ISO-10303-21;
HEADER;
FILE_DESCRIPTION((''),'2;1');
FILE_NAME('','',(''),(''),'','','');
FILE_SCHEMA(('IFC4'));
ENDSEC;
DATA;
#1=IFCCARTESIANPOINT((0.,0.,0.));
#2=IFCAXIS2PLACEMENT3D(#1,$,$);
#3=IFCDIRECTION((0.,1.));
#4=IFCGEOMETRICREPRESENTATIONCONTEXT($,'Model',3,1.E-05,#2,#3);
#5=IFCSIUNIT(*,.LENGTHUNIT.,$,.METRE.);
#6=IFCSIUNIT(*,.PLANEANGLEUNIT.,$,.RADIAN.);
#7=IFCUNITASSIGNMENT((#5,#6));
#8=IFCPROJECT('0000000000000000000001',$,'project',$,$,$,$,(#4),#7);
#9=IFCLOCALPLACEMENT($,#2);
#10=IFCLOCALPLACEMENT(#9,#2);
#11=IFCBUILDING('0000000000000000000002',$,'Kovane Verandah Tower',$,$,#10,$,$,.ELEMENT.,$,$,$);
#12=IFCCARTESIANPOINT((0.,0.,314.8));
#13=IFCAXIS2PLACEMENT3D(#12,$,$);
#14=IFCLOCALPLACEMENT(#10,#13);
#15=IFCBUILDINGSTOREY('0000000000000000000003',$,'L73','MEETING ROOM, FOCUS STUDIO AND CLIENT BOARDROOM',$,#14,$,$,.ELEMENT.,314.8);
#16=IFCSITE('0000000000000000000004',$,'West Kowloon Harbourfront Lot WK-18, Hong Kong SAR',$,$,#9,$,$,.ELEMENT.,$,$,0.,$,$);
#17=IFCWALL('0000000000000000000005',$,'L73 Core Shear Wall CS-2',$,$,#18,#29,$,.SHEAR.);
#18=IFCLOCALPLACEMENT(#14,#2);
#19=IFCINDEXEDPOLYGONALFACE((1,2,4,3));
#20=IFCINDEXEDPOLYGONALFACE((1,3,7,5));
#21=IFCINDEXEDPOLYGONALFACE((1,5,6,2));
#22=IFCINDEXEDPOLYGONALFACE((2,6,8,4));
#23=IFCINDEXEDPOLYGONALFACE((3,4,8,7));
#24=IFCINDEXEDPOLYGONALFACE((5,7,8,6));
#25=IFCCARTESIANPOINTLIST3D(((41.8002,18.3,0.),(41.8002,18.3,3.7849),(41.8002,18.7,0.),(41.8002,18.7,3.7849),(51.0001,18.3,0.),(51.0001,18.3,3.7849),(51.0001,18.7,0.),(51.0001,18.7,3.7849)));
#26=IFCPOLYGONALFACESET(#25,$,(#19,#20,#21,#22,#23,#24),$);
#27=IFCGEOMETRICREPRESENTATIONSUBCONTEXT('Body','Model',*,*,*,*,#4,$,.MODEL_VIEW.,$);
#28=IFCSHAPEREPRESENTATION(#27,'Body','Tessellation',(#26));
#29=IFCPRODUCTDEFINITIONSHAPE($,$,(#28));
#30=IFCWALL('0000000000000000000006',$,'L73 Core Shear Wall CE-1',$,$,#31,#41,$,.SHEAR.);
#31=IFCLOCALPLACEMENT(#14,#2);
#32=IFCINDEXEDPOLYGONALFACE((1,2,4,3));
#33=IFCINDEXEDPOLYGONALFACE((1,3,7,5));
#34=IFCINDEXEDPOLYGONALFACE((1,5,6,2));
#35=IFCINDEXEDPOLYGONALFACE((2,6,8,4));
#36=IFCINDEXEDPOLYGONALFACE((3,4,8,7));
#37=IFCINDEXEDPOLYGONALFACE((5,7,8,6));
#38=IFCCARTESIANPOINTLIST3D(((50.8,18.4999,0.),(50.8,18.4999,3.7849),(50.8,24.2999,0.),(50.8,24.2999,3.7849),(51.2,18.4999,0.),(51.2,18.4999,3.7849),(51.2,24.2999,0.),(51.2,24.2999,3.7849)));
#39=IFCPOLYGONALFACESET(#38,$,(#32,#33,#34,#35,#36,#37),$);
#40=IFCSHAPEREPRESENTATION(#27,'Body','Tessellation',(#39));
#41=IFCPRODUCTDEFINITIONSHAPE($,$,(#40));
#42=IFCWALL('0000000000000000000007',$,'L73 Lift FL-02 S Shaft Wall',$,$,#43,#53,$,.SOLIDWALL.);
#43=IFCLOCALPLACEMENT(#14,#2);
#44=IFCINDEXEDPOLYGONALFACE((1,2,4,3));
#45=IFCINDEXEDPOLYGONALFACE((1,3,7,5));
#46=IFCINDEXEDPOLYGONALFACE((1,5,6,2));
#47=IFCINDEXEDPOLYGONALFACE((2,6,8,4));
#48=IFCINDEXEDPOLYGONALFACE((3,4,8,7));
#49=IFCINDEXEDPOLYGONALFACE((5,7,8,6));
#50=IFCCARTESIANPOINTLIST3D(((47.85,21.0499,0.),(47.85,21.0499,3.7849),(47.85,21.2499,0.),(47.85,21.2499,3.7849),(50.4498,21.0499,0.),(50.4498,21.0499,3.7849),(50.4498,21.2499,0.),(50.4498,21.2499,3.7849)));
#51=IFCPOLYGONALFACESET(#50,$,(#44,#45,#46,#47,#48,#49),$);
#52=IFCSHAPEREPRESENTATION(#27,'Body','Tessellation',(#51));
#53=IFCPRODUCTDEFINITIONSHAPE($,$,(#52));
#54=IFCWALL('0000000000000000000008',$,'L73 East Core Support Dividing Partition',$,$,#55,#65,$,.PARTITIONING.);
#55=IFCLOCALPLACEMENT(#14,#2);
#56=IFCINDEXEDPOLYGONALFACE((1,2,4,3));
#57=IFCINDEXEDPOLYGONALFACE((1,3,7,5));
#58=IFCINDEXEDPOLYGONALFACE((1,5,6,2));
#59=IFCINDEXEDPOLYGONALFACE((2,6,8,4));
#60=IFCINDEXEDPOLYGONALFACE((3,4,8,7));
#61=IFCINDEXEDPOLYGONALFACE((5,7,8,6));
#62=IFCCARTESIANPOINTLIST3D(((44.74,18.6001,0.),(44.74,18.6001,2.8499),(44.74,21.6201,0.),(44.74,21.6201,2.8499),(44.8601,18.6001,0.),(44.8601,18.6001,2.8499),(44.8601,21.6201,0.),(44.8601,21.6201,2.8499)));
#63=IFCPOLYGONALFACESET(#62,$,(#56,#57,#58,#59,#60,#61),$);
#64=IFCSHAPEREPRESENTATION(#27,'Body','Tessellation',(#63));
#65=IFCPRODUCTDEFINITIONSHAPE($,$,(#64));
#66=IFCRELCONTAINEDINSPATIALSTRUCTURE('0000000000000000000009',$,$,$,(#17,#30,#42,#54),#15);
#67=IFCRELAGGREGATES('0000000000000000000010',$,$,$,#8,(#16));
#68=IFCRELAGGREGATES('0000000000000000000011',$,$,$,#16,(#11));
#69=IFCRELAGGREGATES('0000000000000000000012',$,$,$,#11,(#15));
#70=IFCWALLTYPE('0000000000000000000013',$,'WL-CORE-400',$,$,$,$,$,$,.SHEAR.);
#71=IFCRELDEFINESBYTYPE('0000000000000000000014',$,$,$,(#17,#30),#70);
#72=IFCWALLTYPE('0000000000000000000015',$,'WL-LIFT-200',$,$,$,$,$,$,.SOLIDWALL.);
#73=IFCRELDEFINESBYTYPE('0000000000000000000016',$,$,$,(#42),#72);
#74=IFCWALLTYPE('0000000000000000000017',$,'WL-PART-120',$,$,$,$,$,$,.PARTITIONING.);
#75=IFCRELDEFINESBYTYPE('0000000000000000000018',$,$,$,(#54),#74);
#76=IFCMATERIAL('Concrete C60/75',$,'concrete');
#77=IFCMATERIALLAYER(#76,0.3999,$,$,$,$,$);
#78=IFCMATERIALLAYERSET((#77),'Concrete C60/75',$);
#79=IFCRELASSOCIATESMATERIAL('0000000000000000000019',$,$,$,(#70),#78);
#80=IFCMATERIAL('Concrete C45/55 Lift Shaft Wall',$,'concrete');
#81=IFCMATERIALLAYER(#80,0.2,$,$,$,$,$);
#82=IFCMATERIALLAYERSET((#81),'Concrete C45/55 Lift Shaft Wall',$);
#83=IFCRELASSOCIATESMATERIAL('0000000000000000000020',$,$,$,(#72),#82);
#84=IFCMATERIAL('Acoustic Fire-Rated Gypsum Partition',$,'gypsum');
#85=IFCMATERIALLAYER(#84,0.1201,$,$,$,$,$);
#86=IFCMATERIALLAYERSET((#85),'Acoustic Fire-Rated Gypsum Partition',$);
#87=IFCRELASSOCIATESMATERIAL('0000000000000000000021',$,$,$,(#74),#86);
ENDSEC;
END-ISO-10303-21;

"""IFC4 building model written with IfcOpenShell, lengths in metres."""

from ifc_helpers import new_model, si_unit, direction, frame, frame_2d, origin, place, context, subcontext, project, spatial, rectangle, extrude, material, layer, layer_set, type_object, element, save


model = new_model("IFC4")

# Units and contexts
model_context = context("Model", 3, precision=1e-05, world=origin(), true_north=direction((0.0, 1.0)))
body_context = subcontext(model_context, "Body", "Model", "MODEL_VIEW")
ifc_project = project(units=[si_unit("LENGTHUNIT", "METRE"), si_unit("PLANEANGLEUNIT", "RADIAN")], contexts=[model_context])

# Site, building, storey
site_placement = place(None, origin())
site = spatial("IfcSite", under=ifc_project, at=site_placement, Name="West Kowloon Harbourfront Lot WK-18, Hong Kong SAR", CompositionType="ELEMENT", RefElevation=0.0)
building_placement = place(site_placement, origin())
building = spatial("IfcBuilding", under=site, at=building_placement, Name="Kovane Verandah Tower", CompositionType="ELEMENT")
storey_placement = place(building_placement, frame((0.0, 0.0, 314.8)))
storey = spatial("IfcBuildingStorey", under=building, at=storey_placement, Name="L73", Description="MEETING ROOM, FOCUS STUDIO AND CLIENT BOARDROOM", CompositionType="ELEMENT", Elevation=314.8)

# Shared definitions
ifc_material_1 = material(Name="Concrete C60/75", Category="concrete")

# Walls
ifc_layer_1 = layer(ifc_material_1, 0.3999)
ifc_layer_set_1 = layer_set([ifc_layer_1], Name="Concrete C60/75")
wall_type_1 = type_object("IfcWallType", Name="WL-CORE-400", PredefinedType="SHEAR", material=ifc_layer_set_1)
wall_1_placement = place(storey_placement, frame((41.8, 18.5, 0.0), z_axis=(0.0, 0.0, 1.0), x_axis=(1.0, 0.0, 0.0)))
element("IfcWall", 1, at=wall_1_placement, inside=storey, type_object=wall_type_1, Name="L73 Core Shear Wall CS-2", PredefinedType="SHEAR", context=body_context, shape_type="SweptSolid", body=[
    extrude(rectangle(XDim=9.2, YDim=0.3999, at=frame_2d((4.6001, 0.0))), origin(), (0.0, 0.0, 1.0), 3.7849),
])
wall_2_placement = place(storey_placement, frame((51.0, 18.5, 0.0), z_axis=(0.0, 0.0, 1.0), x_axis=(0.0, 1.0, 0.0)))
element("IfcWall", 2, at=wall_2_placement, inside=storey, type_object=wall_type_1, Name="L73 Core Shear Wall CE-1", PredefinedType="SHEAR", context=body_context, shape_type="SweptSolid", body=[
    extrude(rectangle(XDim=5.8, YDim=0.3999, at=frame_2d((2.8999, 0.0))), origin(), (0.0, 0.0, 1.0), 3.7849),
])
ifc_material_2 = material(Name="Concrete C45/55 Lift Shaft Wall", Category="concrete")
ifc_layer_2 = layer(ifc_material_2, 0.2)
ifc_layer_set_2 = layer_set([ifc_layer_2], Name="Concrete C45/55 Lift Shaft Wall")
wall_type_2 = type_object("IfcWallType", Name="WL-LIFT-200", PredefinedType="SOLIDWALL", material=ifc_layer_set_2)
wall_3_placement = place(storey_placement, frame((47.8501, 21.1499, 0.0), z_axis=(0.0, 0.0, 1.0), x_axis=(1.0, 0.0, 0.0)))
element("IfcWall", 3, at=wall_3_placement, inside=storey, type_object=wall_type_2, Name="L73 Lift FL-02 S Shaft Wall", PredefinedType="SOLIDWALL", context=body_context, shape_type="SweptSolid", body=[
    extrude(rectangle(XDim=2.5999, YDim=0.2, at=frame_2d((1.2998, 0.0))), origin(), (0.0, 0.0, 1.0), 3.7849),
])
ifc_material_3 = material(Name="Acoustic Fire-Rated Gypsum Partition", Category="gypsum")
ifc_layer_3 = layer(ifc_material_3, 0.1201)
ifc_layer_set_3 = layer_set([ifc_layer_3], Name="Acoustic Fire-Rated Gypsum Partition")
wall_type_3 = type_object("IfcWallType", Name="WL-PART-120", PredefinedType="PARTITIONING", material=ifc_layer_set_3)
wall_4_placement = place(storey_placement, frame((44.8, 18.6001, 0.0), z_axis=(0.0, 0.0, 1.0), x_axis=(0.0, 1.0, 0.0)))
element("IfcWall", 4, at=wall_4_placement, inside=storey, type_object=wall_type_3, Name="L73 East Core Support Dividing Partition", PredefinedType="PARTITIONING", context=body_context, shape_type="SweptSolid", body=[
    extrude(rectangle(XDim=3.02, YDim=0.1201, at=frame_2d((1.51, 0.0))), origin(), (0.0, 0.0, 1.0), 2.8499),
])

save(model, "model.ifc")
